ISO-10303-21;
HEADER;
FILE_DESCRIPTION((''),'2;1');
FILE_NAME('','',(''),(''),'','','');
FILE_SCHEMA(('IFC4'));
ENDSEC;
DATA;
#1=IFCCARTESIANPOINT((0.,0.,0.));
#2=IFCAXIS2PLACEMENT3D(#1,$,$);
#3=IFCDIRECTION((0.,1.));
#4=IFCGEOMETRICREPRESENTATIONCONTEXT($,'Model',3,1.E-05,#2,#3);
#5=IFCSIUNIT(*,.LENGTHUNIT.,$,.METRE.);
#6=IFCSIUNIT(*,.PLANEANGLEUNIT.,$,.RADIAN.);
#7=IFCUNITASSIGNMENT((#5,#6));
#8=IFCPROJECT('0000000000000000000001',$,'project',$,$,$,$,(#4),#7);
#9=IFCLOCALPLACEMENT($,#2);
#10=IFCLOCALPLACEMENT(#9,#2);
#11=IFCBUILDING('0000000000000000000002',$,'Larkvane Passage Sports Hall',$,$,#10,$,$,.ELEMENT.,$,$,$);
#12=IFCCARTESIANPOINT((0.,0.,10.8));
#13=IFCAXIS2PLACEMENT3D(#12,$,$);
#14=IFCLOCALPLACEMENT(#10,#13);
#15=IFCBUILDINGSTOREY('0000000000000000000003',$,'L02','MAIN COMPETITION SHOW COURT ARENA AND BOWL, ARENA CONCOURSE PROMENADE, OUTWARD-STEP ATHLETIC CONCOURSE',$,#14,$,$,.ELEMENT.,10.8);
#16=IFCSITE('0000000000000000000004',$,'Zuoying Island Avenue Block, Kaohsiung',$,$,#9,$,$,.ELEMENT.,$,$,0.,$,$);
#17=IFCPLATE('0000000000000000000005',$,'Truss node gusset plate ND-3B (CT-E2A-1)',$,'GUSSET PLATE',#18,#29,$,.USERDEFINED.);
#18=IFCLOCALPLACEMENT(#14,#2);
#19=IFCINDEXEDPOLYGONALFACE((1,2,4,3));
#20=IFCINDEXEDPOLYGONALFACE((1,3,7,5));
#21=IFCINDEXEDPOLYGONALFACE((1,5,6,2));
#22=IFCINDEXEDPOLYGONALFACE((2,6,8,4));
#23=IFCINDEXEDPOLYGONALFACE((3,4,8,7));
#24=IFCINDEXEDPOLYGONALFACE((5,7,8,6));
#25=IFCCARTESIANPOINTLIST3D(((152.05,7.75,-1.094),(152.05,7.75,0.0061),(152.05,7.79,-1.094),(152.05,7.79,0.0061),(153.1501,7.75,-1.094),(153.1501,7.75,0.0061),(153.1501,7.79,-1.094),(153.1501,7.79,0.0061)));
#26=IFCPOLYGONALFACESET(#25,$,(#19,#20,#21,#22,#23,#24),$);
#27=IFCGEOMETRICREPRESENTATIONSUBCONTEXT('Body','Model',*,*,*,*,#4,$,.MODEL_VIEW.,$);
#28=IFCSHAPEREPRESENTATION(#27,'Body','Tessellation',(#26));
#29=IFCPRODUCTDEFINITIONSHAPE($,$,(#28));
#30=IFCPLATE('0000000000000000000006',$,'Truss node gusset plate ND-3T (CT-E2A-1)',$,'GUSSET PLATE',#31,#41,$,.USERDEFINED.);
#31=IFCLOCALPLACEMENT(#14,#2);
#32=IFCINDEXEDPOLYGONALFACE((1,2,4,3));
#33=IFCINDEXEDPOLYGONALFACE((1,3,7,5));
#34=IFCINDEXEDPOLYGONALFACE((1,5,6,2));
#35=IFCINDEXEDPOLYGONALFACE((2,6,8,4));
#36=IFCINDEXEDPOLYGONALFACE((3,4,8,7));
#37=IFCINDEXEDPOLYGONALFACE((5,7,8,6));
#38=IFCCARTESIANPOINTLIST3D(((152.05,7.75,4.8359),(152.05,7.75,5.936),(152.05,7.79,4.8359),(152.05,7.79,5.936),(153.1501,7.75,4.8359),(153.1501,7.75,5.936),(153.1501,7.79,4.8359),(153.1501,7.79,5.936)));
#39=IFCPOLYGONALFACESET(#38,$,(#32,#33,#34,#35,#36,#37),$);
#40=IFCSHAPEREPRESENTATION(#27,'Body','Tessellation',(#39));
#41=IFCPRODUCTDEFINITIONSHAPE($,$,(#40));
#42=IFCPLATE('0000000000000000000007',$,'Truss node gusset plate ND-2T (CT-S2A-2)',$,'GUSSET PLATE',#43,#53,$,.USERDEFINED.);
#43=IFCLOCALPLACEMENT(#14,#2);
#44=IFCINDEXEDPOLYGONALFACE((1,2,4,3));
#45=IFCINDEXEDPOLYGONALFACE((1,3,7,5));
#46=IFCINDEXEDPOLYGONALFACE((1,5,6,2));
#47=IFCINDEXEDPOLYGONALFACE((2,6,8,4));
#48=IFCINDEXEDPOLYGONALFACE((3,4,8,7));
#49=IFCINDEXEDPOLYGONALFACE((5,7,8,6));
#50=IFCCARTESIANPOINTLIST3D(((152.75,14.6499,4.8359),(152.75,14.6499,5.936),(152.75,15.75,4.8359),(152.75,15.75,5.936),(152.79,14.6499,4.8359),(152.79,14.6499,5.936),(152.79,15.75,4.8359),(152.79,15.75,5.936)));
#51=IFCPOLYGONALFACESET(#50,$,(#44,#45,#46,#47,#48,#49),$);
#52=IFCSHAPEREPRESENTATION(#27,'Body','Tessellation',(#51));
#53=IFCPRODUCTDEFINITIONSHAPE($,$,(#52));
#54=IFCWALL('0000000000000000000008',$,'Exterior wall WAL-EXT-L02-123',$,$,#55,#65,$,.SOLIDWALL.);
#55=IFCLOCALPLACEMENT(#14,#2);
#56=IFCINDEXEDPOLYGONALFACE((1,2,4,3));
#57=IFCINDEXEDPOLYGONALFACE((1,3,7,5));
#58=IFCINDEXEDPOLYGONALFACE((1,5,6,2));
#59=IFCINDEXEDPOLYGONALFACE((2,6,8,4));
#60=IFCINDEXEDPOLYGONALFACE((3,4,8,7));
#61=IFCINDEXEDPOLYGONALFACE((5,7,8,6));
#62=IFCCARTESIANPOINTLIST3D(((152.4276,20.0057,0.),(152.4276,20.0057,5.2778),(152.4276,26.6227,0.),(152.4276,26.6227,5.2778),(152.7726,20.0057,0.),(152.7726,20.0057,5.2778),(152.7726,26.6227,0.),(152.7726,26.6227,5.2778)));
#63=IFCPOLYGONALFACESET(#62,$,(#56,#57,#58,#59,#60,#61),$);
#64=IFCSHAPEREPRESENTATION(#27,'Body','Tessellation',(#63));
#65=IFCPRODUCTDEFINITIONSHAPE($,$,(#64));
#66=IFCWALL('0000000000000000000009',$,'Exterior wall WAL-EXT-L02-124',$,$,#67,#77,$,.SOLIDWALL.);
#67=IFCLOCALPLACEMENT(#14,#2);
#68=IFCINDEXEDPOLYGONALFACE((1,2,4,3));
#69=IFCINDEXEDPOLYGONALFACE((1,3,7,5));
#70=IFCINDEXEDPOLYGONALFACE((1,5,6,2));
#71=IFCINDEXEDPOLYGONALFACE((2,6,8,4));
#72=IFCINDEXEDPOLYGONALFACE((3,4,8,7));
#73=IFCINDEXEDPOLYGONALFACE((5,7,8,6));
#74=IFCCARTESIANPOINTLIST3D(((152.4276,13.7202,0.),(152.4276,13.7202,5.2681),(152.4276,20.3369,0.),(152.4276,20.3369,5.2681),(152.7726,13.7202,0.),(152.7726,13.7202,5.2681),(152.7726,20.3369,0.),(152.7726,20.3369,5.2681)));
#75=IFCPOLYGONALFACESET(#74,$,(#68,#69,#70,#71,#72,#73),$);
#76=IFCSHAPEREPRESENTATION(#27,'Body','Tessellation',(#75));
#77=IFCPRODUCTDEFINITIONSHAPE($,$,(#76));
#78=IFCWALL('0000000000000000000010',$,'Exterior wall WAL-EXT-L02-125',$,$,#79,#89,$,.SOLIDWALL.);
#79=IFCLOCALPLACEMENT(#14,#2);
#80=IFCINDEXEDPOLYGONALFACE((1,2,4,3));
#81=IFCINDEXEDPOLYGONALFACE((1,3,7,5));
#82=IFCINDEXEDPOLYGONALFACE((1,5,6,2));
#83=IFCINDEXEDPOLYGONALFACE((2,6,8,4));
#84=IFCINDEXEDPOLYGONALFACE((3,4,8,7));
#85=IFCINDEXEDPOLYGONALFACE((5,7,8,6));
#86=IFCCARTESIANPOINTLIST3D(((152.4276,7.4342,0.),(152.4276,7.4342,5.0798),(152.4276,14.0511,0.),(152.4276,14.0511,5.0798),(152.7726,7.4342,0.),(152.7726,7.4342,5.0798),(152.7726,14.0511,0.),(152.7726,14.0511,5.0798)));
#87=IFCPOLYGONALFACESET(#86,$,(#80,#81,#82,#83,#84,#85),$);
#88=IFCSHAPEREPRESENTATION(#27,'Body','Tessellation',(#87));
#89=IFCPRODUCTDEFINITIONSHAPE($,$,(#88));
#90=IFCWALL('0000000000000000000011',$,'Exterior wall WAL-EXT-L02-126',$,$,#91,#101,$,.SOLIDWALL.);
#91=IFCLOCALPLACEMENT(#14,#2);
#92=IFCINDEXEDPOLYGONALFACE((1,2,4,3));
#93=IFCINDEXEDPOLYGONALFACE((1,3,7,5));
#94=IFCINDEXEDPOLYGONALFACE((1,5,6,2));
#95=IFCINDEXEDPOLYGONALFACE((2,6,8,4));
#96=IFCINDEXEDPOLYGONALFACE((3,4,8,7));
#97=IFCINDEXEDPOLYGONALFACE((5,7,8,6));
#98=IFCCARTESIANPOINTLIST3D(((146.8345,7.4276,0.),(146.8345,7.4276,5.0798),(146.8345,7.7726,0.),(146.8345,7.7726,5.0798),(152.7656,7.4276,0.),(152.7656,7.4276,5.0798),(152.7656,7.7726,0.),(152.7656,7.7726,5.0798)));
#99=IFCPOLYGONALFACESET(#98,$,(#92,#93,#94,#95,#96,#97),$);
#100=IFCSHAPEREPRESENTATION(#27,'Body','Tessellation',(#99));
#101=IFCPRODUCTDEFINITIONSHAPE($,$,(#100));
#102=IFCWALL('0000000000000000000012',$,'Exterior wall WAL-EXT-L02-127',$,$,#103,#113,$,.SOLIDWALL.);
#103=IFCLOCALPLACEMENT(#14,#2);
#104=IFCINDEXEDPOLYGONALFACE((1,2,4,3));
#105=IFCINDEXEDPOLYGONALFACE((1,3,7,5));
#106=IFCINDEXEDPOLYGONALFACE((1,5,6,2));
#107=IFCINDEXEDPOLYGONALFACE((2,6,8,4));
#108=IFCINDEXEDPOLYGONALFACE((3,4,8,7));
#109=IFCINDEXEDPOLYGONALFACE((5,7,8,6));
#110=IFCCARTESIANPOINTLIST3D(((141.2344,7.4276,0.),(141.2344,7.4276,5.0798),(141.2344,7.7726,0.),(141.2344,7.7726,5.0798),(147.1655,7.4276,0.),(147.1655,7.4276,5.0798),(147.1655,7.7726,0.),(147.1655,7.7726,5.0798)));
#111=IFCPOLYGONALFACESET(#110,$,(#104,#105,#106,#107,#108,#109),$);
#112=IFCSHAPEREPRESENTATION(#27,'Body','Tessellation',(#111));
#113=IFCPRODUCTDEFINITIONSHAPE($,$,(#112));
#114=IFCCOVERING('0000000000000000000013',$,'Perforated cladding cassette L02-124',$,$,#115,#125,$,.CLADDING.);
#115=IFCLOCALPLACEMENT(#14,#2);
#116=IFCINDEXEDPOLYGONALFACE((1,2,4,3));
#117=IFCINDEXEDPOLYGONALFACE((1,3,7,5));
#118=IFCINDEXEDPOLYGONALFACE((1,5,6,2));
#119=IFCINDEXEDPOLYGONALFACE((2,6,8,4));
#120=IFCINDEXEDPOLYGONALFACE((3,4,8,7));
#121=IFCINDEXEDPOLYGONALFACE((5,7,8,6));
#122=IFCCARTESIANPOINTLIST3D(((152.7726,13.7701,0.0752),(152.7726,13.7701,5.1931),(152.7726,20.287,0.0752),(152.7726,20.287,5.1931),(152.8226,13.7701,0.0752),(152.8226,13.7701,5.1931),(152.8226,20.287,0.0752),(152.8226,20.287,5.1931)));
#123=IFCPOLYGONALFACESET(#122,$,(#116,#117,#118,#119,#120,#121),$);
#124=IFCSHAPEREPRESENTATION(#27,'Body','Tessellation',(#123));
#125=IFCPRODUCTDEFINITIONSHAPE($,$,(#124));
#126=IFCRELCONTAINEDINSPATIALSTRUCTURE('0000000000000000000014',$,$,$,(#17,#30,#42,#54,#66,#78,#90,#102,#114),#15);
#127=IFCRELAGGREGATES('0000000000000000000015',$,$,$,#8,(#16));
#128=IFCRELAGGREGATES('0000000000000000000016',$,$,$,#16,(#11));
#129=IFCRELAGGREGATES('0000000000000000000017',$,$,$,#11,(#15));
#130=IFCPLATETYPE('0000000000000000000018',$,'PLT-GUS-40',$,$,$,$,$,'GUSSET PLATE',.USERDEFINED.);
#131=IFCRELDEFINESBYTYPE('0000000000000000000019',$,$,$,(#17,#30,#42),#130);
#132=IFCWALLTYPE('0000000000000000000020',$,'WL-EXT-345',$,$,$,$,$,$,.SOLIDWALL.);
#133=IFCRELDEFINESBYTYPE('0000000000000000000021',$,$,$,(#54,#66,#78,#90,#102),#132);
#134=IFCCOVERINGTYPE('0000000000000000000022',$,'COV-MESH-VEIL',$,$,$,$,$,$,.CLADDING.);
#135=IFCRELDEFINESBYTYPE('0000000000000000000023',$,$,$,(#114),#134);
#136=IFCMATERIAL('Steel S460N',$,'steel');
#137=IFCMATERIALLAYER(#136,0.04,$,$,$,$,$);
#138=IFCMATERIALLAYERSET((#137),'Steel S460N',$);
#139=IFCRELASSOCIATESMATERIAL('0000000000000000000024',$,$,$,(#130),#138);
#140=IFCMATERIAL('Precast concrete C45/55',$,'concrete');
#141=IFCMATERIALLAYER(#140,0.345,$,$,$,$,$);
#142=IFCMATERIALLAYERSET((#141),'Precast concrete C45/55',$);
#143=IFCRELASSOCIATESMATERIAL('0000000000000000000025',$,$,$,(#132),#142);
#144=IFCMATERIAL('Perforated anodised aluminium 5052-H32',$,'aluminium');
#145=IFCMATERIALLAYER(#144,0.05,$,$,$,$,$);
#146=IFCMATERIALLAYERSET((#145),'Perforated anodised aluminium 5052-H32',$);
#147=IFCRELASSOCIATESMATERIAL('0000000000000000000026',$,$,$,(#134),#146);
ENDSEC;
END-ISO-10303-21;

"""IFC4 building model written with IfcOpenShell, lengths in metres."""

from ifc_helpers import new_model, si_unit, direction, frame, frame_2d, origin, origin_2d, place, context, subcontext, project, spatial, rectangle, extrude, material, layer, layer_set, type_object, element, save


model = new_model("IFC4")

# Units and contexts
model_context = context("Model", 3, precision=1e-05, world=origin(), true_north=direction((0.0, 1.0)))
body_context = subcontext(model_context, "Body", "Model", "MODEL_VIEW")
ifc_project = project(units=[si_unit("LENGTHUNIT", "METRE"), si_unit("PLANEANGLEUNIT", "RADIAN")], contexts=[model_context])

# Site, building, storey
site_placement = place(None, origin())
site = spatial("IfcSite", under=ifc_project, at=site_placement, Name="Zuoying Island Avenue Block, Kaohsiung", CompositionType="ELEMENT", RefElevation=0.0)
building_placement = place(site_placement, origin())
building = spatial("IfcBuilding", under=site, at=building_placement, Name="Larkvane Passage Sports Hall", CompositionType="ELEMENT")
storey_placement = place(building_placement, frame((0.0, 0.0, 10.8)))
storey = spatial("IfcBuildingStorey", under=building, at=storey_placement, Name="L02", Description="MAIN COMPETITION SHOW COURT ARENA AND BOWL, ARENA CONCOURSE PROMENADE, OUTWARD-STEP ATHLETIC CONCOURSE", CompositionType="ELEMENT", Elevation=10.8)

# Shared definitions
ifc_material_1 = material(Name="Steel S460N", Category="steel")

# Plates
ifc_layer_1 = layer(ifc_material_1, 0.04)
ifc_layer_set_1 = layer_set([ifc_layer_1], Name="Steel S460N")
plate_type_1 = type_object("IfcPlateType", Name="PLT-GUS-40", ElementType="GUSSET PLATE", PredefinedType="USERDEFINED", material=ifc_layer_set_1)
for number, where, z_axis, x_axis, name in (
    (1, (152.6001, 7.77, -1.094), (0.0, 0.0, 1.0), (1.0, 0.0, 0.0), "Truss node gusset plate ND-3B (CT-E2A-1)"),
    (2, (152.6001, 7.77, 4.8359), (0.0, 0.0, 1.0), (1.0, 0.0, 0.0), "Truss node gusset plate ND-3T (CT-E2A-1)"),
    (3, (152.77, 15.2, 4.8359), (0.0, 0.0, 1.0), (0.0, 1.0, 0.0), "Truss node gusset plate ND-2T (CT-S2A-2)"),
):
    element("IfcPlate", number, at=place(storey_placement, frame(where, z_axis=z_axis, x_axis=x_axis)), inside=storey, type_object=plate_type_1, Name=name, ObjectType="GUSSET PLATE", PredefinedType="USERDEFINED", context=body_context, shape_type="SweptSolid", body=[
        extrude(rectangle(XDim=1.1001, YDim=0.04, at=origin_2d()), origin(), (0.0, 0.0, 1.0), 1.1001),
    ])

# Walls
ifc_material_2 = material(Name="Precast concrete C45/55", Category="concrete")
ifc_layer_2 = layer(ifc_material_2, 0.345)
ifc_layer_set_2 = layer_set([ifc_layer_2], Name="Precast concrete C45/55")
wall_type = type_object("IfcWallType", Name="WL-EXT-345", PredefinedType="SOLIDWALL", material=ifc_layer_set_2)
wall_1_placement = place(storey_placement, frame((152.6001, 26.6228, 0.0), z_axis=(0.0, 0.0, 1.0), x_axis=(0.0, -1.0, 0.0)))
element("IfcWall", 4, at=wall_1_placement, inside=storey, type_object=wall_type, Name="Exterior wall WAL-EXT-L02-123", PredefinedType="SOLIDWALL", context=body_context, shape_type="SweptSolid", body=[
    extrude(rectangle(XDim=6.6169, YDim=0.345, at=frame_2d((3.3086, 0.0))), origin(), (0.0, 0.0, 1.0), 5.2778),
])
wall_2_placement = place(storey_placement, frame((152.6001, 20.3369, 0.0), z_axis=(0.0, 0.0, 1.0), x_axis=(0.0, -1.0, 0.0)))
element("IfcWall", 5, at=wall_2_placement, inside=storey, type_object=wall_type, Name="Exterior wall WAL-EXT-L02-124", PredefinedType="SOLIDWALL", context=body_context, shape_type="SweptSolid", body=[
    extrude(rectangle(XDim=6.6167, YDim=0.345, at=frame_2d((3.3083, 0.0))), origin(), (0.0, 0.0, 1.0), 5.2681),
])
wall_3_placement = place(storey_placement, frame((152.6001, 14.0513, 0.0), z_axis=(0.0, 0.0, 1.0), x_axis=(0.0, -1.0, 0.0)))
element("IfcWall", 6, at=wall_3_placement, inside=storey, type_object=wall_type, Name="Exterior wall WAL-EXT-L02-125", PredefinedType="SOLIDWALL", context=body_context, shape_type="SweptSolid", body=[
    extrude(rectangle(XDim=6.6169, YDim=0.345, at=frame_2d((3.3086, 0.0))), origin(), (0.0, 0.0, 1.0), 5.0798),
])
for number, where, z_axis, x_axis, name in (
    (7, (152.7656, 7.6001, 0.0), (0.0, 0.0, 1.0), (-1.0, 0.0, 0.0), "Exterior wall WAL-EXT-L02-126"),
    (8, (147.1655, 7.6001, 0.0), (0.0, 0.0, 1.0), (-1.0, 0.0, 0.0), "Exterior wall WAL-EXT-L02-127"),
):
    element("IfcWall", number, at=place(storey_placement, frame(where, z_axis=z_axis, x_axis=x_axis)), inside=storey, type_object=wall_type, Name=name, PredefinedType="SOLIDWALL", context=body_context, shape_type="SweptSolid", body=[
        extrude(rectangle(XDim=5.9312, YDim=0.345, at=frame_2d((2.9656, 0.0))), origin(), (0.0, 0.0, 1.0), 5.0798),
    ])

# Covering
ifc_material_3 = material(Name="Perforated anodised aluminium 5052-H32", Category="aluminium")
ifc_layer_3 = layer(ifc_material_3, 0.05)
ifc_layer_set_3 = layer_set([ifc_layer_3], Name="Perforated anodised aluminium 5052-H32")
covering_type = type_object("IfcCoveringType", Name="COV-MESH-VEIL", PredefinedType="CLADDING", material=ifc_layer_set_3)
covering_placement = place(storey_placement, frame((152.7976, 17.0286, 0.0752), z_axis=(0.0, 0.0, 1.0), x_axis=(0.0, -1.0, 0.0)))
element("IfcCovering", 9, at=covering_placement, inside=storey, type_object=covering_type, Name="Perforated cladding cassette L02-124", PredefinedType="CLADDING", context=body_context, shape_type="SweptSolid", body=[
    extrude(rectangle(XDim=6.5168, YDim=0.05, at=origin_2d()), origin(), (0.0, 0.0, 1.0), 5.1179),
])

save(model, "model.ifc")
